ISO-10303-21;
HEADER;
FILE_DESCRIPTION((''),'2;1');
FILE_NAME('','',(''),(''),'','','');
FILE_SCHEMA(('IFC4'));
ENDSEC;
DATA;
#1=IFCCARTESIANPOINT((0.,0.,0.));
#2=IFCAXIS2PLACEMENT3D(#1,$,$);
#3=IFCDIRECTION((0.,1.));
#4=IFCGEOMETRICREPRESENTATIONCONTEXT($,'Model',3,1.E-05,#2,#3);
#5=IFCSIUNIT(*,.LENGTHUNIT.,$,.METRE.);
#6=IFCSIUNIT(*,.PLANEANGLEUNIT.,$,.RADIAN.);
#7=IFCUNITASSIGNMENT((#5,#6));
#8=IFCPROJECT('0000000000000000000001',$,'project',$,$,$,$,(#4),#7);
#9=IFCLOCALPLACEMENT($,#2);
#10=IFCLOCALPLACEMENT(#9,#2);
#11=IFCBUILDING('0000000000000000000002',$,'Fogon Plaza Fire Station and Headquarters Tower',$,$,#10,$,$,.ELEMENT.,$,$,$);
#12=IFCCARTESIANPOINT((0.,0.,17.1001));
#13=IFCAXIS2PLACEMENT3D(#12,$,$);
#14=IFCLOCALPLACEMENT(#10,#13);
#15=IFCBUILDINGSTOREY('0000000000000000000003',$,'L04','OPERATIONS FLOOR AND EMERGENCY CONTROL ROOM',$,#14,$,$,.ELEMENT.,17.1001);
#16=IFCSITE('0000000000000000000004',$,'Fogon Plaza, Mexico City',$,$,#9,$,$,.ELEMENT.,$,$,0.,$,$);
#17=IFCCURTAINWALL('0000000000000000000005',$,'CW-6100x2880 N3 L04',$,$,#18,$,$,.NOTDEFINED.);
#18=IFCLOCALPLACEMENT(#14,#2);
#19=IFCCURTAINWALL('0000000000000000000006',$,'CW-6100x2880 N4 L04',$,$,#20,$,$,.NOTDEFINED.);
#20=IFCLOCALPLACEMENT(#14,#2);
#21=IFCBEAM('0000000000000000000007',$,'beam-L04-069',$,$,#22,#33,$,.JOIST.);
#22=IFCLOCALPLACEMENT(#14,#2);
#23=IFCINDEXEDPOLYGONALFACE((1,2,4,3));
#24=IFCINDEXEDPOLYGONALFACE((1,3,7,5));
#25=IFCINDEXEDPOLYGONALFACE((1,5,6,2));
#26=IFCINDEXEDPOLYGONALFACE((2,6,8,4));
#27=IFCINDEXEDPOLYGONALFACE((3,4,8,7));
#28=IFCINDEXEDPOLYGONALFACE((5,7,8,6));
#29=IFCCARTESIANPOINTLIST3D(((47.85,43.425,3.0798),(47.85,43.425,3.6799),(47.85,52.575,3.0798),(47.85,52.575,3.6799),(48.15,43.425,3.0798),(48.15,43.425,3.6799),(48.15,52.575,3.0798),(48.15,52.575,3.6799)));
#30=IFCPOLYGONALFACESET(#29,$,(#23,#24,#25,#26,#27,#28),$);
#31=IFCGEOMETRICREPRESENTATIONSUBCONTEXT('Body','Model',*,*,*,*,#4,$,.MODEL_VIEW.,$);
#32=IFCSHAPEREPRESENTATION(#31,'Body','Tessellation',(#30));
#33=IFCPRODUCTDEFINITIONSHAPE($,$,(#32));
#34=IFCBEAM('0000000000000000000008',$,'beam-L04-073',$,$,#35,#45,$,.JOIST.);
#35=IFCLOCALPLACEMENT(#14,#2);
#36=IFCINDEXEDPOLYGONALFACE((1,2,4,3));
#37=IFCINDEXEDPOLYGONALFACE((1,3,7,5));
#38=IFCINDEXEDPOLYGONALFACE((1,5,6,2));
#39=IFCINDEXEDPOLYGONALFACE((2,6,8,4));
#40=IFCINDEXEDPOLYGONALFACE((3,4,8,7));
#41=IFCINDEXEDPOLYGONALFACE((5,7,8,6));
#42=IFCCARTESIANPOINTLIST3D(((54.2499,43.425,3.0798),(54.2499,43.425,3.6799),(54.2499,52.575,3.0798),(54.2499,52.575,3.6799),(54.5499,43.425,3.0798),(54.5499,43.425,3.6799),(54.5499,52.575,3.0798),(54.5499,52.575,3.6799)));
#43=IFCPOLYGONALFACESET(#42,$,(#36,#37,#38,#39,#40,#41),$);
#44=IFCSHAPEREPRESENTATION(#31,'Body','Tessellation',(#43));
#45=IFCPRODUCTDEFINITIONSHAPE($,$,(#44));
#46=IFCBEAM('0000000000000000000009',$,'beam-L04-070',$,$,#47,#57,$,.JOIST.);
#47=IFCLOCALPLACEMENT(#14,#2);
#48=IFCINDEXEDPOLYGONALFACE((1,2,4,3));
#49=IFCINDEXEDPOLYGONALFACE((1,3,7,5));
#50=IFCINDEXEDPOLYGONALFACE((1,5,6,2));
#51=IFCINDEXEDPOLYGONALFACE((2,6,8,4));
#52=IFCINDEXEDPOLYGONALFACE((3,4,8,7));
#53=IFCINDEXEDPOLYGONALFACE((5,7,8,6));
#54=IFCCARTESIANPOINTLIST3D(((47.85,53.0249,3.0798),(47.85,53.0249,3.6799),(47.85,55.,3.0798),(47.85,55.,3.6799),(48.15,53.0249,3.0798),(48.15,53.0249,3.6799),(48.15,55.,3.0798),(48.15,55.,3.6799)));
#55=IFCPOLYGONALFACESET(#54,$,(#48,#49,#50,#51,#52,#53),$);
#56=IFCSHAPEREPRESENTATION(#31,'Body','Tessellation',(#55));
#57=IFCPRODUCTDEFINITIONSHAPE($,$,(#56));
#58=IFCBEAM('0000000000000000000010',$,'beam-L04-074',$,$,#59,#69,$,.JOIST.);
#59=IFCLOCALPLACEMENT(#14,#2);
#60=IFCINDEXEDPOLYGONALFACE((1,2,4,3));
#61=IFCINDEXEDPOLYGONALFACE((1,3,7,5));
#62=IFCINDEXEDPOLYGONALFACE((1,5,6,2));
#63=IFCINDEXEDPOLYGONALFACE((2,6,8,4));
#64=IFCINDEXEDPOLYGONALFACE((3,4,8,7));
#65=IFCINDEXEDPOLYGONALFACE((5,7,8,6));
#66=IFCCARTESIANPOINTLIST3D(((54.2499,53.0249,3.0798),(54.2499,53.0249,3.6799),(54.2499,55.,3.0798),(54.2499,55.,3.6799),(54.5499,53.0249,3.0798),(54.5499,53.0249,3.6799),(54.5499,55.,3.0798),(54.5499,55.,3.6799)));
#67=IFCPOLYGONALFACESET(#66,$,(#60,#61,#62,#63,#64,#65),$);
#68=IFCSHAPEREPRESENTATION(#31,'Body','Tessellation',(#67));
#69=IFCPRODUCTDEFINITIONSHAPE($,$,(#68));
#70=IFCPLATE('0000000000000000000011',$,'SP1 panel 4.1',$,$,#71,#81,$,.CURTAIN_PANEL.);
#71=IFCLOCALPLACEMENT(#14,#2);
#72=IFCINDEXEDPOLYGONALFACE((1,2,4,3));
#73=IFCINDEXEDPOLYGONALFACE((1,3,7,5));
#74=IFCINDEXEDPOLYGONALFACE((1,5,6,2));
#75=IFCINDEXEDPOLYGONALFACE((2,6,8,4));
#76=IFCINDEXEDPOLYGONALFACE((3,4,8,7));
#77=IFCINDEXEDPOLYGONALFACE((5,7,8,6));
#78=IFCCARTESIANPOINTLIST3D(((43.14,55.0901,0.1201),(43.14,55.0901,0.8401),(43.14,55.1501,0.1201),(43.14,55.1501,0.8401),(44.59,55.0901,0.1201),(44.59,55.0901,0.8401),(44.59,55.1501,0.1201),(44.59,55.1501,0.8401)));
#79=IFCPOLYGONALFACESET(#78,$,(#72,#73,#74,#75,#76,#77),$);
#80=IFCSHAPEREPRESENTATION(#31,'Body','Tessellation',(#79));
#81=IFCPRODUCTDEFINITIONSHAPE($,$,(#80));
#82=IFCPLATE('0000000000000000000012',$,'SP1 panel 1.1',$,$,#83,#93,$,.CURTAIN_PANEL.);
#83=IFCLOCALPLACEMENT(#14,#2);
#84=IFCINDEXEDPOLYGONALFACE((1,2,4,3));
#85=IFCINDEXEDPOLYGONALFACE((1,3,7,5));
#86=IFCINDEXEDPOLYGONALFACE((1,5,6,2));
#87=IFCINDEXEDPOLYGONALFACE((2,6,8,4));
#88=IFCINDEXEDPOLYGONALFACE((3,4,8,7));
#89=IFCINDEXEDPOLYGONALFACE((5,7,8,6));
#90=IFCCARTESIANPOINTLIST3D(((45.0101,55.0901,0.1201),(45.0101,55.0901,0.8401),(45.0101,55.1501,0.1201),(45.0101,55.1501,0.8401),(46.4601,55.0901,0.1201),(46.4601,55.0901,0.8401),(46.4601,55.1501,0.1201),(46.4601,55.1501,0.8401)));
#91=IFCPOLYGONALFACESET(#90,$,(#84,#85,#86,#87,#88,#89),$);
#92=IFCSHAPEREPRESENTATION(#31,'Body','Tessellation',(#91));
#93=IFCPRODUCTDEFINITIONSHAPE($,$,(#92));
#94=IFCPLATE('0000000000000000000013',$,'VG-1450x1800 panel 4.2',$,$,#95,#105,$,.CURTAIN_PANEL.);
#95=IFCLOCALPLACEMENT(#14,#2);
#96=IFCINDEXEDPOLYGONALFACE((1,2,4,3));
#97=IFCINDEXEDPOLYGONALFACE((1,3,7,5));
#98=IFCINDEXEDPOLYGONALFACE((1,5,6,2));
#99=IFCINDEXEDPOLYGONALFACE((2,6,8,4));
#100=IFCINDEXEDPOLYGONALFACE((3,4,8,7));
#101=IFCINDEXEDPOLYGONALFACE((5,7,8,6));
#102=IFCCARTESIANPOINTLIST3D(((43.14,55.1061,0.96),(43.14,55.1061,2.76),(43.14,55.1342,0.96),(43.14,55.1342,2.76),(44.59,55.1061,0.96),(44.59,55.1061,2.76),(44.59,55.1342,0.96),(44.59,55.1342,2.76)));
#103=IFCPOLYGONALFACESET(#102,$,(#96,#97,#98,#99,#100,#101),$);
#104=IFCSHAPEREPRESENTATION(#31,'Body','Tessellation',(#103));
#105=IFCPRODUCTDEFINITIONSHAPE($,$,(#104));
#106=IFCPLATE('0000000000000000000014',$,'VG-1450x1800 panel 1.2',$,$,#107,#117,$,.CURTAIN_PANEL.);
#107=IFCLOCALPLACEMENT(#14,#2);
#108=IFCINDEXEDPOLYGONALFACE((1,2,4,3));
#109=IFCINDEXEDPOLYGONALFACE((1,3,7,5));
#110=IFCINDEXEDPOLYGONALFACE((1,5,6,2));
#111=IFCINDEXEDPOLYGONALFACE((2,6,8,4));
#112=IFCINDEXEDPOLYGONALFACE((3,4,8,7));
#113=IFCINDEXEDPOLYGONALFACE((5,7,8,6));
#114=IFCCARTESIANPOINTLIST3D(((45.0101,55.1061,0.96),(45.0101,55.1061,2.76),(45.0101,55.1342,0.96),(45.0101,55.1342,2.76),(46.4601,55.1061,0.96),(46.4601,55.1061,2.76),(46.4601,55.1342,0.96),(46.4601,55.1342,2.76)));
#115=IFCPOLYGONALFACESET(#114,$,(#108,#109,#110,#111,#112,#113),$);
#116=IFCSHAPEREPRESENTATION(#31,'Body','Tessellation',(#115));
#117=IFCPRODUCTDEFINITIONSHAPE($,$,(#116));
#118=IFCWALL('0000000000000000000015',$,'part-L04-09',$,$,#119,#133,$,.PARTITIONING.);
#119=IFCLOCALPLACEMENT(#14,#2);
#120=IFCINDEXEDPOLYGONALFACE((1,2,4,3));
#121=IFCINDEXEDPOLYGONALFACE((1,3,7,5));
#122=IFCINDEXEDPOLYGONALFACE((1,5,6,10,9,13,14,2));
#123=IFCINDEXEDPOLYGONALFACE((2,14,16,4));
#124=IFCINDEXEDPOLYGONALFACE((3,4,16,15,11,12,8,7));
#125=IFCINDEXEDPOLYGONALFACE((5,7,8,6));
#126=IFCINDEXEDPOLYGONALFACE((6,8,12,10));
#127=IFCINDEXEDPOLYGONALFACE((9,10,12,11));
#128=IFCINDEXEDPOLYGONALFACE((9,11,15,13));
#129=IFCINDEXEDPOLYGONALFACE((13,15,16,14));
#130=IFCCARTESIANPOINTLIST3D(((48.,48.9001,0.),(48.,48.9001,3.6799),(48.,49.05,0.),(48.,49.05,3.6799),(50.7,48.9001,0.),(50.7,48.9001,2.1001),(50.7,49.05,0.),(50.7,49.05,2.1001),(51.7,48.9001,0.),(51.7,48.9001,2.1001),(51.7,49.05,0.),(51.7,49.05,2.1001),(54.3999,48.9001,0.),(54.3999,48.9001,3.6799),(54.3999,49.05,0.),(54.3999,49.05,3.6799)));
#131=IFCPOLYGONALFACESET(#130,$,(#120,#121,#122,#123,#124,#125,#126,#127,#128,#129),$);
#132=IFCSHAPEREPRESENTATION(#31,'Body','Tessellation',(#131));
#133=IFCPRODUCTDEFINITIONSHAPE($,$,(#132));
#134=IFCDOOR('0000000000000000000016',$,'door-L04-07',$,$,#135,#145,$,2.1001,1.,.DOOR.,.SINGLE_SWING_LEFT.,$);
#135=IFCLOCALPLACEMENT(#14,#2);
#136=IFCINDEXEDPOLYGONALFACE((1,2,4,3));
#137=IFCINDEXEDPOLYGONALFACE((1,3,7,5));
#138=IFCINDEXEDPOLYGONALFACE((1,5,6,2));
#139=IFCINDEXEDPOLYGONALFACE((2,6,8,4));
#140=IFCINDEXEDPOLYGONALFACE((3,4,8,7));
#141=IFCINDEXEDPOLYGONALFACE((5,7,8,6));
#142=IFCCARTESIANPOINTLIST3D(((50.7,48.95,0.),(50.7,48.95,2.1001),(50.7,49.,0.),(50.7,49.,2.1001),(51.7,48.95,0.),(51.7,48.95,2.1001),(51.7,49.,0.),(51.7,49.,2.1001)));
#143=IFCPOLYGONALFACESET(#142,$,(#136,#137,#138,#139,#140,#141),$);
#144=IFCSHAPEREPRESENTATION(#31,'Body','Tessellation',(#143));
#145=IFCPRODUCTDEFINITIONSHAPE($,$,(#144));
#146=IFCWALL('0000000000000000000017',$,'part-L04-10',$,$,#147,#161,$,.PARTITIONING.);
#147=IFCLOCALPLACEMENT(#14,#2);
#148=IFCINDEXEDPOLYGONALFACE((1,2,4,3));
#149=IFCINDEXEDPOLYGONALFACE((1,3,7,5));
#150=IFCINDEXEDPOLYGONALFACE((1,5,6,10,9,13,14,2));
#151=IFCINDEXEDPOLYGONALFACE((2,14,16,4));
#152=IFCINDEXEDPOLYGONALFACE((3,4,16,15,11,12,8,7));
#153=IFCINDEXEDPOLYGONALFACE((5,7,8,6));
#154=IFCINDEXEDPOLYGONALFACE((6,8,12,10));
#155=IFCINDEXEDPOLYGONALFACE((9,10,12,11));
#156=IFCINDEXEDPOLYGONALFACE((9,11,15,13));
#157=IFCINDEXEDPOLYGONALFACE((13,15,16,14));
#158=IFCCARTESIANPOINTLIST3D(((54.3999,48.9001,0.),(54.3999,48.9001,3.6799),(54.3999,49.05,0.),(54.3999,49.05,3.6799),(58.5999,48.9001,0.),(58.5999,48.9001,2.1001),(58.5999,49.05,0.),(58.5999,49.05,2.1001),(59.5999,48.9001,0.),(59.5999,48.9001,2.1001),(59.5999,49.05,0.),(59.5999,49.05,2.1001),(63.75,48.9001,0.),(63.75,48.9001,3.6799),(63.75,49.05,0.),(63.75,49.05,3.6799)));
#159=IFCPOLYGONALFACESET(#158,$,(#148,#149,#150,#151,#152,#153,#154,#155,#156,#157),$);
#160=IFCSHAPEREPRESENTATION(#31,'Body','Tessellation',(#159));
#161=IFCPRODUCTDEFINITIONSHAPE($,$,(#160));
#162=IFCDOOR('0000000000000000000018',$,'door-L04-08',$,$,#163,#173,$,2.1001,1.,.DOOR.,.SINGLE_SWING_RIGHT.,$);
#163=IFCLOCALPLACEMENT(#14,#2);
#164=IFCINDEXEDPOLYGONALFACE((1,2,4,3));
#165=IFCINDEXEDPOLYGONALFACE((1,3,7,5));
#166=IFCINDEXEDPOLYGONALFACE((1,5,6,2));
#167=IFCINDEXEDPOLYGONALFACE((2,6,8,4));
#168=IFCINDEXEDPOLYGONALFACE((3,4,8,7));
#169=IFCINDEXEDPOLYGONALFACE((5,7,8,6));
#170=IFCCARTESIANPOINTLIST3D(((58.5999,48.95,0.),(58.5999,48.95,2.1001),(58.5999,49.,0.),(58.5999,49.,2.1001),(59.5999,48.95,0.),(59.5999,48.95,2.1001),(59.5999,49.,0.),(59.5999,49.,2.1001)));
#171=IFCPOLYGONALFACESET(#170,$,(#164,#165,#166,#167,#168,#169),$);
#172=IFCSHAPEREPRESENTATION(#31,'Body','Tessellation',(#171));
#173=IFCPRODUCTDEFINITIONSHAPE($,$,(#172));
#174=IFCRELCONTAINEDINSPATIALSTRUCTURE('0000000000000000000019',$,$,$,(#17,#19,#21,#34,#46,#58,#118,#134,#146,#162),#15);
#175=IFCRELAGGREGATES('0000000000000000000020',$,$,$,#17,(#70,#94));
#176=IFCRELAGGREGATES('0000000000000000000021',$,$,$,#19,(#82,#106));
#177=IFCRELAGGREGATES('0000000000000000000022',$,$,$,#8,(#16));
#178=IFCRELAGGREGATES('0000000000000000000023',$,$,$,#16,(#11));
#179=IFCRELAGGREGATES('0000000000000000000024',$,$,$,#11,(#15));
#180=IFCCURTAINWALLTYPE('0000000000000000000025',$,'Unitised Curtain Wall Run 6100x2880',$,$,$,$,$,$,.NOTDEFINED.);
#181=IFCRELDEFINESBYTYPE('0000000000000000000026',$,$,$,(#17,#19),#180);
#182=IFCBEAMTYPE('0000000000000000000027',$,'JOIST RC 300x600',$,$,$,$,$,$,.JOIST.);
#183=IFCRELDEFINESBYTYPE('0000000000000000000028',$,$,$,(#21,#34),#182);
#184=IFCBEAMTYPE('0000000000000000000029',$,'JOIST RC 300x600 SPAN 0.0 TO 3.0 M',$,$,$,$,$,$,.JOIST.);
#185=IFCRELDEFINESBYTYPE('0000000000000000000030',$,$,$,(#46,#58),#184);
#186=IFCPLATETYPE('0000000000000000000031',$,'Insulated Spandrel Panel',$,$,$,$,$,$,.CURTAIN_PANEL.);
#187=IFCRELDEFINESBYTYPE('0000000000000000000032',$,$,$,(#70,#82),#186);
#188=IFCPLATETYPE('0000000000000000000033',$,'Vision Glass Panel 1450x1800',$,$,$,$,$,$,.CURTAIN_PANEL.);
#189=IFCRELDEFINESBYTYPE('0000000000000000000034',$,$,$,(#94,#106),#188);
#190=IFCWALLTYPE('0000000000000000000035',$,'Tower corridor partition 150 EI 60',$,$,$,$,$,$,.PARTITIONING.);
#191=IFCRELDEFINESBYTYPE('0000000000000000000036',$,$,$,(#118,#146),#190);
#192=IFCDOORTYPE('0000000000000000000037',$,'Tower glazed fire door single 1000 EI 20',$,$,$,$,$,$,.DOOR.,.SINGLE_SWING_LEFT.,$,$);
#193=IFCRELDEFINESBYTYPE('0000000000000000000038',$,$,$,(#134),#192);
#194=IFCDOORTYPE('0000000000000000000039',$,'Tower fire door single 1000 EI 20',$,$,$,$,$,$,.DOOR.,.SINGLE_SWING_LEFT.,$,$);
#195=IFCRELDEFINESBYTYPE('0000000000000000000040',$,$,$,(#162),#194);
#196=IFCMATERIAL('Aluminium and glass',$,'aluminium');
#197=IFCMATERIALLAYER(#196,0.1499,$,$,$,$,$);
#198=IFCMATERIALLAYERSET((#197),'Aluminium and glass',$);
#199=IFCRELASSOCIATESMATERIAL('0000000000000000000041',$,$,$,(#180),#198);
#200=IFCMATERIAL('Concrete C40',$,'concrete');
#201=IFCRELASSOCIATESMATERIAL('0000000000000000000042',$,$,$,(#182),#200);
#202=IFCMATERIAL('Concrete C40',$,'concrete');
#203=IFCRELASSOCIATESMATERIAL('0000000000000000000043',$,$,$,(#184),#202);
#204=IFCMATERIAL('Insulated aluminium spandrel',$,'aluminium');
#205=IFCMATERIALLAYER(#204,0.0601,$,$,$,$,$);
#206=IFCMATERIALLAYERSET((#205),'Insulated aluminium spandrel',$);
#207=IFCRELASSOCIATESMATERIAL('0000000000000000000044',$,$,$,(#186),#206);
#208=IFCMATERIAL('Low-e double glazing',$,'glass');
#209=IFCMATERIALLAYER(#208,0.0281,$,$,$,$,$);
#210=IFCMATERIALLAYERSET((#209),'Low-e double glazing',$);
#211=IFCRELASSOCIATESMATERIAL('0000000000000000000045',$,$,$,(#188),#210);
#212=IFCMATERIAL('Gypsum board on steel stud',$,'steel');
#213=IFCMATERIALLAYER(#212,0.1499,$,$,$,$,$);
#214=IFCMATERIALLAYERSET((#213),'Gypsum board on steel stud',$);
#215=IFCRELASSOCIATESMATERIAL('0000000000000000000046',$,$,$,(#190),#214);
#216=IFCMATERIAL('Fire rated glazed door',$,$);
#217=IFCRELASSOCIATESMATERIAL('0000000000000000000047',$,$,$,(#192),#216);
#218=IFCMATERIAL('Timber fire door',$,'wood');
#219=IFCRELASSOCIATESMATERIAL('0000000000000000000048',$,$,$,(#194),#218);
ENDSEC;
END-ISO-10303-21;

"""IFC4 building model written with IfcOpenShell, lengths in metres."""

from ifc_helpers import new_model, si_unit, direction, frame, frame_2d, origin, origin_2d, place, context, subcontext, project, spatial, rectangle, extrude, material, layer, layer_set, material_profile, profile_set, type_object, element, fill, aggregate, save


model = new_model("IFC4")

# Units and contexts
model_context = context("Model", 3, precision=1e-05, world=origin(), true_north=direction((0.0, 1.0)))
body_context = subcontext(model_context, "Body", "Model", "MODEL_VIEW")
ifc_project = project(units=[si_unit("LENGTHUNIT", "METRE"), si_unit("PLANEANGLEUNIT", "RADIAN")], contexts=[model_context])

# Site, building, storey
site_placement = place(None, origin())
site = spatial("IfcSite", under=ifc_project, at=site_placement, Name="Fogon Plaza, Mexico City", CompositionType="ELEMENT", RefElevation=0.0)
building_placement = place(site_placement, origin())
building = spatial("IfcBuilding", under=site, at=building_placement, Name="Fogon Plaza Fire Station and Headquarters Tower", CompositionType="ELEMENT")
storey_placement = place(building_placement, frame((0.0, 0.0, 17.1001)))
storey = spatial("IfcBuildingStorey", under=building, at=storey_placement, Name="L04", Description="OPERATIONS FLOOR AND EMERGENCY CONTROL ROOM", CompositionType="ELEMENT", Elevation=17.1001)

# Curtain wall
ifc_material_1 = material(Name="Aluminium and glass", Category="aluminium")
ifc_layer_1 = layer(ifc_material_1, 0.1499)
ifc_layer_set_1 = layer_set([ifc_layer_1], Name="Aluminium and glass")
curtain_wall_type = type_object("IfcCurtainWallType", Name="Unitised Curtain Wall Run 6100x2880", PredefinedType="NOTDEFINED", material=ifc_layer_set_1)
curtain_wall_1_placement = place(storey_placement, origin())
curtain_wall_1 = element("IfcCurtainWall", 1, at=curtain_wall_1_placement, inside=storey, type_object=curtain_wall_type, Name="CW-6100x2880 N3 L04", PredefinedType="NOTDEFINED")

# Curtain wall
curtain_wall_2_placement = place(storey_placement, origin())
curtain_wall_2 = element("IfcCurtainWall", 2, at=curtain_wall_2_placement, inside=storey, type_object=curtain_wall_type, Name="CW-6100x2880 N4 L04", PredefinedType="NOTDEFINED")

# Beams
ifc_material_2 = material(Name="Concrete C40", Category="concrete")
ifc_material_profile_1 = material_profile(ifc_material_2, rectangle(XDim=0.3, YDim=0.6001, at=origin_2d()), Name="RC 300x600")
ifc_profile_set_1 = profile_set([ifc_material_profile_1], Name="Concrete C40")
beam_type_1 = type_object("IfcBeamType", Name="JOIST RC 300x600", PredefinedType="JOIST", material=ifc_profile_set_1)
for number, where, z_axis, x_axis, name in (
    (3, (48.0, 43.425, 3.3799), (0.0, 1.0, 0.0), (-1.0, 0.0, 0.0), "beam-L04-069"),
    (4, (54.3999, 43.425, 3.3799), (0.0, 1.0, 0.0), (-1.0, 0.0, 0.0), "beam-L04-073"),
):
    element("IfcBeam", number, at=place(storey_placement, frame(where, z_axis=z_axis, x_axis=x_axis)), inside=storey, type_object=beam_type_1, Name=name, PredefinedType="JOIST", context=body_context, shape_type="SweptSolid", body=[
        extrude(rectangle(XDim=0.3, YDim=0.6001, at=origin_2d()), origin(), (0.0, 0.0, 1.0), 9.1499),
    ])
ifc_material_3 = material(Name="Concrete C40", Category="concrete")
ifc_material_profile_2 = material_profile(ifc_material_3, rectangle(XDim=0.3, YDim=0.6001, at=origin_2d()), Name="RC 300x600")
ifc_profile_set_2 = profile_set([ifc_material_profile_2], Name="Concrete C40")
beam_type_2 = type_object("IfcBeamType", Name="JOIST RC 300x600 SPAN 0.0 TO 3.0 M", PredefinedType="JOIST", material=ifc_profile_set_2)
for number, where, z_axis, x_axis, name in (
    (5, (48.0, 53.0249, 3.3799), (0.0, 1.0, 0.0), (-1.0, 0.0, 0.0), "beam-L04-070"),
    (6, (54.3999, 53.0249, 3.3799), (0.0, 1.0, 0.0), (-1.0, 0.0, 0.0), "beam-L04-074"),
):
    element("IfcBeam", number, at=place(storey_placement, frame(where, z_axis=z_axis, x_axis=x_axis)), inside=storey, type_object=beam_type_2, Name=name, PredefinedType="JOIST", context=body_context, shape_type="SweptSolid", body=[
        extrude(rectangle(XDim=0.3, YDim=0.6001, at=origin_2d()), origin(), (0.0, 0.0, 1.0), 1.9751),
    ])

# Plates
ifc_material_4 = material(Name="Insulated aluminium spandrel", Category="aluminium")
ifc_layer_2 = layer(ifc_material_4, 0.0601)
ifc_layer_set_2 = layer_set([ifc_layer_2], Name="Insulated aluminium spandrel")
plate_type_1 = type_object("IfcPlateType", Name="Insulated Spandrel Panel", PredefinedType="CURTAIN_PANEL", material=ifc_layer_set_2)
plate_1_placement = place(storey_placement, frame((43.865, 55.1201, 0.1201), z_axis=(0.0, 0.0, 1.0), x_axis=(1.0, 0.0, 0.0)))
plate_1 = element("IfcPlate", 7, at=plate_1_placement, type_object=plate_type_1, Name="SP1 panel 4.1", PredefinedType="CURTAIN_PANEL", context=body_context, shape_type="SweptSolid", body=[
    extrude(rectangle(XDim=1.45, YDim=0.0601, at=origin_2d()), origin(), (0.0, 0.0, 1.0), 0.72),
])
plate_2_placement = place(storey_placement, frame((45.7351, 55.1201, 0.1201), z_axis=(0.0, 0.0, 1.0), x_axis=(1.0, 0.0, 0.0)))
plate_2 = element("IfcPlate", 8, at=plate_2_placement, type_object=plate_type_1, Name="SP1 panel 1.1", PredefinedType="CURTAIN_PANEL", context=body_context, shape_type="SweptSolid", body=[
    extrude(rectangle(XDim=1.45, YDim=0.0601, at=origin_2d()), origin(), (0.0, 0.0, 1.0), 0.72),
])
ifc_material_5 = material(Name="Low-e double glazing", Category="glass")
ifc_layer_3 = layer(ifc_material_5, 0.0281)
ifc_layer_set_3 = layer_set([ifc_layer_3], Name="Low-e double glazing")
plate_type_2 = type_object("IfcPlateType", Name="Vision Glass Panel 1450x1800", PredefinedType="CURTAIN_PANEL", material=ifc_layer_set_3)
plate_3_placement = place(storey_placement, frame((43.865, 55.1201, 0.96), z_axis=(0.0, 0.0, 1.0), x_axis=(1.0, 0.0, 0.0)))
plate_3 = element("IfcPlate", 9, at=plate_3_placement, type_object=plate_type_2, Name="VG-1450x1800 panel 4.2", PredefinedType="CURTAIN_PANEL", context=body_context, shape_type="SweptSolid", body=[
    extrude(rectangle(XDim=1.45, YDim=0.0281, at=origin_2d()), origin(), (0.0, 0.0, 1.0), 1.8),
])
aggregate(curtain_wall_1, [plate_1, plate_3])
plate_4_placement = place(storey_placement, frame((45.7351, 55.1201, 0.96), z_axis=(0.0, 0.0, 1.0), x_axis=(1.0, 0.0, 0.0)))
plate_4 = element("IfcPlate", 10, at=plate_4_placement, type_object=plate_type_2, Name="VG-1450x1800 panel 1.2", PredefinedType="CURTAIN_PANEL", context=body_context, shape_type="SweptSolid", body=[
    extrude(rectangle(XDim=1.45, YDim=0.0281, at=origin_2d()), origin(), (0.0, 0.0, 1.0), 1.8),
])
aggregate(curtain_wall_2, [plate_2, plate_4])

# Walls, openings, doors
ifc_material_6 = material(Name="Gypsum board on steel stud", Category="steel")
ifc_layer_4 = layer(ifc_material_6, 0.1499)
ifc_layer_set_4 = layer_set([ifc_layer_4], Name="Gypsum board on steel stud")
wall_type_1 = type_object("IfcWallType", Name="Tower corridor partition 150 EI 60", PredefinedType="PARTITIONING", material=ifc_layer_set_4)
wall_1_placement = place(storey_placement, frame((48.0, 48.9751, 0.0), z_axis=(0.0, 0.0, 1.0), x_axis=(1.0, 0.0, 0.0)))
wall_1 = element("IfcWall", 11, at=wall_1_placement, inside=storey, type_object=wall_type_1, Name="part-L04-09", PredefinedType="PARTITIONING", context=body_context, shape_type="SweptSolid", body=[
    extrude(rectangle(XDim=6.3999, YDim=0.1499, at=frame_2d((3.2, 0.0))), origin(), (0.0, 0.0, 1.0), 3.6799),
])
opening_1_placement = place(wall_1_placement, frame((2.7, 0.0, 0.0)))
opening_1 = element("IfcOpeningElement", 12, at=opening_1_placement, cuts=wall_1, PredefinedType="OPENING", context=body_context, shape_type="SweptSolid", body=[
    extrude(rectangle(XDim=1.0, YDim=2.1001, at=frame_2d((0.5, 1.05))), frame((0.0, 0.085, 0.0), z_axis=(0.0, -1.0, 0.0), x_axis=(1.0, 0.0, 0.0)), (0.0, 0.0, 1.0), 0.1699),
])
ifc_material_7 = material(Name="Fire rated glazed door")
door_type_1 = type_object("IfcDoorType", Name="Tower glazed fire door single 1000 EI 20", OperationType="SINGLE_SWING_LEFT", PredefinedType="DOOR", material=ifc_material_7)
door_1_placement = place(opening_1_placement, origin())
door_1 = element("IfcDoor", 13, at=door_1_placement, inside=storey, type_object=door_type_1, Name="door-L04-07", OperationType="SINGLE_SWING_LEFT", OverallHeight=2.1001, OverallWidth=1.0, PredefinedType="DOOR", context=body_context, shape_type="SweptSolid", body=[
    extrude(rectangle(XDim=1.0, YDim=2.1001, at=frame_2d((0.5, 1.05))), frame((0.0, 0.0249, 0.0), z_axis=(0.0, -1.0, 0.0), x_axis=(1.0, 0.0, 0.0)), (0.0, 0.0, 1.0), 0.05),
])
fill(opening_1, door_1)
wall_2_placement = place(storey_placement, frame((54.3999, 48.9751, 0.0), z_axis=(0.0, 0.0, 1.0), x_axis=(1.0, 0.0, 0.0)))
wall_2 = element("IfcWall", 14, at=wall_2_placement, inside=storey, type_object=wall_type_1, Name="part-L04-10", PredefinedType="PARTITIONING", context=body_context, shape_type="SweptSolid", body=[
    extrude(rectangle(XDim=9.3501, YDim=0.1499, at=frame_2d((4.675, 0.0))), origin(), (0.0, 0.0, 1.0), 3.6799),
])
opening_2_placement = place(wall_2_placement, frame((4.2, 0.0, 0.0)))
opening_2 = element("IfcOpeningElement", 15, at=opening_2_placement, cuts=wall_2, PredefinedType="OPENING", context=body_context, shape_type="SweptSolid", body=[
    extrude(rectangle(XDim=1.0, YDim=2.1001, at=frame_2d((0.5, 1.05))), frame((0.0, 0.085, 0.0), z_axis=(0.0, -1.0, 0.0), x_axis=(1.0, 0.0, 0.0)), (0.0, 0.0, 1.0), 0.1699),
])
ifc_material_8 = material(Name="Timber fire door", Category="wood")
door_type_2 = type_object("IfcDoorType", Name="Tower fire door single 1000 EI 20", OperationType="SINGLE_SWING_LEFT", PredefinedType="DOOR", material=ifc_material_8)
door_2_placement = place(opening_2_placement, origin())
door_2 = element("IfcDoor", 16, at=door_2_placement, inside=storey, type_object=door_type_2, Name="door-L04-08", OperationType="SINGLE_SWING_RIGHT", OverallHeight=2.1001, OverallWidth=1.0, PredefinedType="DOOR", context=body_context, shape_type="SweptSolid", body=[
    extrude(rectangle(XDim=1.0, YDim=2.1001, at=frame_2d((0.5, 1.05))), frame((0.0, 0.0249, 0.0), z_axis=(0.0, -1.0, 0.0), x_axis=(1.0, 0.0, 0.0)), (0.0, 0.0, 1.0), 0.05),
])
fill(opening_2, door_2)

save(model, "model.ifc")
